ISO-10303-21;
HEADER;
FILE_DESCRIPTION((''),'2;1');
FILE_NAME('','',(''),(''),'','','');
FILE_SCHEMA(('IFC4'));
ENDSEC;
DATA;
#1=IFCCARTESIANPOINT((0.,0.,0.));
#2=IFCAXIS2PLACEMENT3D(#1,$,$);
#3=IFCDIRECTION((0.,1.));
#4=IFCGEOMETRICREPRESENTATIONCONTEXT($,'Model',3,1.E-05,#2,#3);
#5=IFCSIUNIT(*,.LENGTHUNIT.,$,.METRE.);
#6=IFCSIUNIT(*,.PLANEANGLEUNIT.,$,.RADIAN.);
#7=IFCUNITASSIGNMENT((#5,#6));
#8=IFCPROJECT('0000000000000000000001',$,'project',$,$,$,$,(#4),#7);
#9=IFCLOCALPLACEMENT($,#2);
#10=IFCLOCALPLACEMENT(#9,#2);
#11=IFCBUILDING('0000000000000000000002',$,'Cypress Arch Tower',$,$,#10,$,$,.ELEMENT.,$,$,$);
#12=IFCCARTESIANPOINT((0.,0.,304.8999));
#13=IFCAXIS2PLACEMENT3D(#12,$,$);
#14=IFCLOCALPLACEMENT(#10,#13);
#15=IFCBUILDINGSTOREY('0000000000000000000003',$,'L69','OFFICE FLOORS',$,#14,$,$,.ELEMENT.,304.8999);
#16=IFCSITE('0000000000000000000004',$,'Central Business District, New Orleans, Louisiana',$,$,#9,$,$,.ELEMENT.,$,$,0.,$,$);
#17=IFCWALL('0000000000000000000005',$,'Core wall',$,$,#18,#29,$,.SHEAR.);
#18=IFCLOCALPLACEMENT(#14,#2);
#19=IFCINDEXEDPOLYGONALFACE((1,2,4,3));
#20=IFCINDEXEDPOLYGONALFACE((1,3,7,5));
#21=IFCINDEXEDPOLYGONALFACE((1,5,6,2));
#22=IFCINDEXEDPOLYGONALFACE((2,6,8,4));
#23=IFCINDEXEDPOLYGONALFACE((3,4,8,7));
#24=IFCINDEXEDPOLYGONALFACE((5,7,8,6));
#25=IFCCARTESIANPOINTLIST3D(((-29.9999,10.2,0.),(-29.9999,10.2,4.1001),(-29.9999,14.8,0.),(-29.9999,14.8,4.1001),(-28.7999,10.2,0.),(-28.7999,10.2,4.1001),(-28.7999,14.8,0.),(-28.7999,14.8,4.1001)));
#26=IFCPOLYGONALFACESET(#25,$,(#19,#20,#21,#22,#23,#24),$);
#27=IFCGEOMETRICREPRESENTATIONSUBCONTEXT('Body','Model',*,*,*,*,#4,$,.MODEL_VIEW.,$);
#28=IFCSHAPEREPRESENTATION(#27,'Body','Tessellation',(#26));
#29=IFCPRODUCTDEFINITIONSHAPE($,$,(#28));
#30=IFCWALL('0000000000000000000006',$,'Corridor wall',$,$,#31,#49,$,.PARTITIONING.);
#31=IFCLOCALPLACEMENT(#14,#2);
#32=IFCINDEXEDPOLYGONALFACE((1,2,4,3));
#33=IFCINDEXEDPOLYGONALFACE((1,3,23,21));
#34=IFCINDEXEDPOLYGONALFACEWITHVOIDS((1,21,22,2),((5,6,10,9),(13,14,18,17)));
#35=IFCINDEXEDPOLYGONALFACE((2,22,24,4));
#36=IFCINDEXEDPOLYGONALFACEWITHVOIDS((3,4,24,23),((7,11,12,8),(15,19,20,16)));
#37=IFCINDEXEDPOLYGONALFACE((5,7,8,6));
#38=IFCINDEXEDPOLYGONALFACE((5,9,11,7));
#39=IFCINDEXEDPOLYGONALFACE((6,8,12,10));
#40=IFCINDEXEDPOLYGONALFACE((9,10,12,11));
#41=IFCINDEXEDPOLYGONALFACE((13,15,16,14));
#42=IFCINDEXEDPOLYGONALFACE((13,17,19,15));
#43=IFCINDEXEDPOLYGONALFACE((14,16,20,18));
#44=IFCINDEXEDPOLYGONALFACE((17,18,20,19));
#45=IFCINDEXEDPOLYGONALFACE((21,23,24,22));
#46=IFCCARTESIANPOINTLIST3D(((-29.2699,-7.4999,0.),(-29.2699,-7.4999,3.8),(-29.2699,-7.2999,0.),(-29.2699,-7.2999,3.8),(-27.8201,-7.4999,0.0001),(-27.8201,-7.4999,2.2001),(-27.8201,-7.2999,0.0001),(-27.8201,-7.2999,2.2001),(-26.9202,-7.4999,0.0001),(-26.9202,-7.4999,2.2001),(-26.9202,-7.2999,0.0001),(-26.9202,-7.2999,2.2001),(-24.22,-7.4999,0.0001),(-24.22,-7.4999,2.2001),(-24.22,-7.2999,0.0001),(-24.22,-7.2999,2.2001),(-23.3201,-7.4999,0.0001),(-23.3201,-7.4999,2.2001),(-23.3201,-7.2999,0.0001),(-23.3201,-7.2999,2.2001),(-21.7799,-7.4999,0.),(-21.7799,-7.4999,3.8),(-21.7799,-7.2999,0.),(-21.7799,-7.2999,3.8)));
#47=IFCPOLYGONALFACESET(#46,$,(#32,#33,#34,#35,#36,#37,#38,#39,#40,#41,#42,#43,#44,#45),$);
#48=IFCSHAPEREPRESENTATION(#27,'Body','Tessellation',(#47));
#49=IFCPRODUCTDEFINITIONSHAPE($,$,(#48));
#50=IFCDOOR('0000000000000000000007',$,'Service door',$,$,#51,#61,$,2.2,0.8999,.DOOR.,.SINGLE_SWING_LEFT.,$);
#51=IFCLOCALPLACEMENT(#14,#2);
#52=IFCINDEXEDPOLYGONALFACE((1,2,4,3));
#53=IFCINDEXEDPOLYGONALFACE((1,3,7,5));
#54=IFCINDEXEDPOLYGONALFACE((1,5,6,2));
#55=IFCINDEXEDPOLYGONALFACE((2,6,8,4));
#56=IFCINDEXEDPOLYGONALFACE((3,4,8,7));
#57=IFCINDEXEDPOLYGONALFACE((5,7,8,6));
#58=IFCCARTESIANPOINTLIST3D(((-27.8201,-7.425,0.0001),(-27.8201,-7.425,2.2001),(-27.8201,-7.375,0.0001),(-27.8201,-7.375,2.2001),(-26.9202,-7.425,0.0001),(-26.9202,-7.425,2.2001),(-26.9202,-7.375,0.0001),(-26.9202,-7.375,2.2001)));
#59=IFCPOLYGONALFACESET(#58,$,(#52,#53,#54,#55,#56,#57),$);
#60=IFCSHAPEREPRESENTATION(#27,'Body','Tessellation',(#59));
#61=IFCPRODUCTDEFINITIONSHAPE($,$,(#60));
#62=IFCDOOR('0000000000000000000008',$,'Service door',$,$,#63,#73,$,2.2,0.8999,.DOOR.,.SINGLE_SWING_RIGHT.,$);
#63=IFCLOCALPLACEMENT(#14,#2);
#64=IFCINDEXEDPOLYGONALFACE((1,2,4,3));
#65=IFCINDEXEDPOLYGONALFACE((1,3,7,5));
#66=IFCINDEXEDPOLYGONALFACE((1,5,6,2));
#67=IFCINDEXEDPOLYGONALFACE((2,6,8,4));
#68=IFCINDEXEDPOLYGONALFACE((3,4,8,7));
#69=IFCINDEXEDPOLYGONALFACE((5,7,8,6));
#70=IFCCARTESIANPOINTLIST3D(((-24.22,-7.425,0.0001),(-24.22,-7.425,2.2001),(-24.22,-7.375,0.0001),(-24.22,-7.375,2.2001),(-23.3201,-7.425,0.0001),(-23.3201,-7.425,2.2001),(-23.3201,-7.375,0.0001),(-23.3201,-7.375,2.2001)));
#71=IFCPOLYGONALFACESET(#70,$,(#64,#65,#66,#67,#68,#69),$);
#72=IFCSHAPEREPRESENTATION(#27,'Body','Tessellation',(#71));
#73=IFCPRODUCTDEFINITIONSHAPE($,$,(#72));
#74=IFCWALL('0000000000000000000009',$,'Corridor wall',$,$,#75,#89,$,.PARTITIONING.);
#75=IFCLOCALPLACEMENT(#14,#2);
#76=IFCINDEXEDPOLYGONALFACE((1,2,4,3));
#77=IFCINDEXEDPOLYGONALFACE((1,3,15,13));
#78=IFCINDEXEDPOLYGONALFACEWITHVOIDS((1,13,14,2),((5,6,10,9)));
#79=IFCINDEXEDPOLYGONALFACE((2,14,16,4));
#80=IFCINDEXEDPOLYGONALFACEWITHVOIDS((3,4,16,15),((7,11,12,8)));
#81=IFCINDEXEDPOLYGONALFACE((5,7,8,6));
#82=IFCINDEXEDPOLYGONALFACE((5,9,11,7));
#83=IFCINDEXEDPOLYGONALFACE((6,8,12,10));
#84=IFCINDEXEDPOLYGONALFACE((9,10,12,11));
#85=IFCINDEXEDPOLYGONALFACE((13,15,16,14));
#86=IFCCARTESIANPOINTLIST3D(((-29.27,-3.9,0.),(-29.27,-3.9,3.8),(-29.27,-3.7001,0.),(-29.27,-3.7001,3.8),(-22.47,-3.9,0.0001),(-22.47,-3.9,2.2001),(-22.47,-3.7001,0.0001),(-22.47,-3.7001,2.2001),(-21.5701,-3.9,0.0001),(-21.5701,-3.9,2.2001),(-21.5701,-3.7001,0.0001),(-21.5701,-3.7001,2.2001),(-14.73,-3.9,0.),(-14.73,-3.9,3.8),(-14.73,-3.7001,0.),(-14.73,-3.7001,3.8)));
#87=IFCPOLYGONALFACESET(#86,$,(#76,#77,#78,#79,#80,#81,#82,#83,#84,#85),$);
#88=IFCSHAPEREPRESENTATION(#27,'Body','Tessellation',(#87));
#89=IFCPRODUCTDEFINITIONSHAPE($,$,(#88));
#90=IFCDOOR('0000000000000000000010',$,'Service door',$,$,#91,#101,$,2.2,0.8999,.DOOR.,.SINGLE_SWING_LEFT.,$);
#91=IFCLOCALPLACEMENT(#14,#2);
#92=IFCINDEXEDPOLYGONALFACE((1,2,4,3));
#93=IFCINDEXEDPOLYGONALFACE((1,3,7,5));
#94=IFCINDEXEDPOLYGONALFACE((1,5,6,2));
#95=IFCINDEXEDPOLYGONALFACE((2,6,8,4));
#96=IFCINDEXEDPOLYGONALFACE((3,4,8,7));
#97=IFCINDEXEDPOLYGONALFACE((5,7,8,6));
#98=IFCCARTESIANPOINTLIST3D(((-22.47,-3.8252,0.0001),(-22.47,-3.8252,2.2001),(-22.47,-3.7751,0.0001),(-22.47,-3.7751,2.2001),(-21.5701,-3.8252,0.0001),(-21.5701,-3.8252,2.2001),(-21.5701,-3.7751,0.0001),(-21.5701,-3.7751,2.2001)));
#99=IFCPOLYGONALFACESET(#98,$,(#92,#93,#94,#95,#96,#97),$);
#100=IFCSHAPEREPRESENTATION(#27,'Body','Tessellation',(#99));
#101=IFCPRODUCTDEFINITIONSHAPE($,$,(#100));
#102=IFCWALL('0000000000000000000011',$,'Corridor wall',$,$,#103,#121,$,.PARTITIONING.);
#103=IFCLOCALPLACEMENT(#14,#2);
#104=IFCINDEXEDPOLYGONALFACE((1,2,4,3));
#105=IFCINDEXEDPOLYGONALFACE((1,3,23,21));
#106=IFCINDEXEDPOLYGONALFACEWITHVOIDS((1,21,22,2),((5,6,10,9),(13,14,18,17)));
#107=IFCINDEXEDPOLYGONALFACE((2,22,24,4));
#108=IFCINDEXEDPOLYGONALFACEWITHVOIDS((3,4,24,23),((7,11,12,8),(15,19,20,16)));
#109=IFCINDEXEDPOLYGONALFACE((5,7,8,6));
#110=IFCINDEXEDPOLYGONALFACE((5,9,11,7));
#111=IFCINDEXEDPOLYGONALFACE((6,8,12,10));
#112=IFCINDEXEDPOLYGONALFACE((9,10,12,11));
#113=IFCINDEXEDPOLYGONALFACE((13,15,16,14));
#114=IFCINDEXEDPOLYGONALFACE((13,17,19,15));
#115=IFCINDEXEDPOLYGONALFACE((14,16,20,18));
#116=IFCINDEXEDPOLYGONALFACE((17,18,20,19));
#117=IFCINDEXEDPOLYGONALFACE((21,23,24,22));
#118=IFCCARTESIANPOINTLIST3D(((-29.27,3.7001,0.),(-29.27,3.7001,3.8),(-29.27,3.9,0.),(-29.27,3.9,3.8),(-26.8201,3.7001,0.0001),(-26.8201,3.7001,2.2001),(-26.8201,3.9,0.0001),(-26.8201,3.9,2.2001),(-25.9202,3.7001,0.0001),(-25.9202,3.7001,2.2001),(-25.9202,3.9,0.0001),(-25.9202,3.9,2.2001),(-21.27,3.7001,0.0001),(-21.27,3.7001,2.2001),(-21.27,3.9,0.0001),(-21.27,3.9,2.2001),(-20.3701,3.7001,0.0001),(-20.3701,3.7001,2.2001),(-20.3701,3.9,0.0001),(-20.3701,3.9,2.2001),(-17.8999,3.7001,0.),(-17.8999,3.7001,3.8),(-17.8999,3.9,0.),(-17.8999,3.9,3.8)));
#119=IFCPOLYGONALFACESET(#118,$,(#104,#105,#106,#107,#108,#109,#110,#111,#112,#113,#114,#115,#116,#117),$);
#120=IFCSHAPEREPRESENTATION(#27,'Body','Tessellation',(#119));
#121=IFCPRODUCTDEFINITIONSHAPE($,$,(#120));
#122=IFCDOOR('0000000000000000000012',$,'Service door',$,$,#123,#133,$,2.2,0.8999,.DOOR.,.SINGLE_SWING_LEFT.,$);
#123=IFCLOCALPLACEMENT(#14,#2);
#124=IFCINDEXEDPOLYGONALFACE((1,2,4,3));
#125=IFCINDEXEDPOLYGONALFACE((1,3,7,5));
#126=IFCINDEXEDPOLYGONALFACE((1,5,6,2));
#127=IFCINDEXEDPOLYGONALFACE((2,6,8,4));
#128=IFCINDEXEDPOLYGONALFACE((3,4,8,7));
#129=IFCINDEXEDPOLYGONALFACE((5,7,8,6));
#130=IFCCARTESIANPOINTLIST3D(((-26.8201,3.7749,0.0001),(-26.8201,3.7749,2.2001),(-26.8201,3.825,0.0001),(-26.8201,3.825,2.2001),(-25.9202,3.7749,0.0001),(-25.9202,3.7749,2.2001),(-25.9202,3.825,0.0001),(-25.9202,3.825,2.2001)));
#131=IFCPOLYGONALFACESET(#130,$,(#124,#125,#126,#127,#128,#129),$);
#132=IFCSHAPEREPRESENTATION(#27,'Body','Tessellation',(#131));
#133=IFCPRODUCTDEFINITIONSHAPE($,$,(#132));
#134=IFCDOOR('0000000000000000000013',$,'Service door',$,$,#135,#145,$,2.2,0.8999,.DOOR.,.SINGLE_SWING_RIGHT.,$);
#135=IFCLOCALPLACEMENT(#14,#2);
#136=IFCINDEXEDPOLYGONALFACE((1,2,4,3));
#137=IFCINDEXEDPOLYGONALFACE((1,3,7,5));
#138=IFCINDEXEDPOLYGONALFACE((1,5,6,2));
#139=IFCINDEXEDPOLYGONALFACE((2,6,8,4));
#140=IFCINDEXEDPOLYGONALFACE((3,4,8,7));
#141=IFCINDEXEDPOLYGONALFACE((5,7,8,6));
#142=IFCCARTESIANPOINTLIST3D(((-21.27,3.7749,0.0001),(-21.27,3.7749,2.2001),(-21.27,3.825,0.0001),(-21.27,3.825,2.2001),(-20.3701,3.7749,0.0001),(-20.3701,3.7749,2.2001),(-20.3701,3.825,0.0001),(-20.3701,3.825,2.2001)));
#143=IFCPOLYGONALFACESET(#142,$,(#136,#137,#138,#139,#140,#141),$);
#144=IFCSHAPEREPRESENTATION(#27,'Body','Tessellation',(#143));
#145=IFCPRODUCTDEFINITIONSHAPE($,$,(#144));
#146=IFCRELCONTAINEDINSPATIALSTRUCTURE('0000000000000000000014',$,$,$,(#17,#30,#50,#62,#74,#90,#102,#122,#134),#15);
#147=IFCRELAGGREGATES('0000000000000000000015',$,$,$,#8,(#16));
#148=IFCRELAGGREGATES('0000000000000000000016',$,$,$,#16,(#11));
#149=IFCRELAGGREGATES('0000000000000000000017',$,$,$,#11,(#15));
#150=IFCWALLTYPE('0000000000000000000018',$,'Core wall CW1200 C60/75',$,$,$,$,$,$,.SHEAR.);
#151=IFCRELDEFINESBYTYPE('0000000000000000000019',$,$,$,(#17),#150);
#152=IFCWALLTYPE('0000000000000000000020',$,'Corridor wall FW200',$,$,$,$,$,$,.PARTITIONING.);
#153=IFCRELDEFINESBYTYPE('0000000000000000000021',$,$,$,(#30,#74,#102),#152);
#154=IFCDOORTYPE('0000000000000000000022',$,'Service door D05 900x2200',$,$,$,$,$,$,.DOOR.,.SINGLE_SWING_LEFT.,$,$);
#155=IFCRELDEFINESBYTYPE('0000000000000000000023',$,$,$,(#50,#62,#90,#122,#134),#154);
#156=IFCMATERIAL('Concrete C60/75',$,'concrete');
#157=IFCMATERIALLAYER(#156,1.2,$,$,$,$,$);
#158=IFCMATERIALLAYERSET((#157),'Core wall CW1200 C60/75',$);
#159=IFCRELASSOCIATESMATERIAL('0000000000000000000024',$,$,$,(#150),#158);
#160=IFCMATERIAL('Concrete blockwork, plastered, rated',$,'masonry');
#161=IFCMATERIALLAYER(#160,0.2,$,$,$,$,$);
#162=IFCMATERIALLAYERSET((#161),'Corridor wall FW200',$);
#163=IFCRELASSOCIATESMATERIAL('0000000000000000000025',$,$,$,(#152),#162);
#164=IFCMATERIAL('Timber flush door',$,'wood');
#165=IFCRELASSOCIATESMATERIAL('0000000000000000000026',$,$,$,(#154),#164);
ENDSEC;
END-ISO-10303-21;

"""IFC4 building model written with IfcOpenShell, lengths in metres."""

from ifc_helpers import new_model, si_unit, direction, frame, frame_2d, origin, place, context, subcontext, project, spatial, rectangle, extrude, material, layer, layer_set, type_object, element, fill, save


model = new_model("IFC4")

# Units and contexts
model_context = context("Model", 3, precision=1e-05, world=origin(), true_north=direction((0.0, 1.0)))
body_context = subcontext(model_context, "Body", "Model", "MODEL_VIEW")
ifc_project = project(units=[si_unit("LENGTHUNIT", "METRE"), si_unit("PLANEANGLEUNIT", "RADIAN")], contexts=[model_context])

# Site, building, storey
site_placement = place(None, origin())
site = spatial("IfcSite", under=ifc_project, at=site_placement, Name="Central Business District, New Orleans, Louisiana", CompositionType="ELEMENT", RefElevation=0.0)
building_placement = place(site_placement, origin())
building = spatial("IfcBuilding", under=site, at=building_placement, Name="Cypress Arch Tower", CompositionType="ELEMENT")
storey_placement = place(building_placement, frame((0.0, 0.0, 304.8999)))
storey = spatial("IfcBuildingStorey", under=building, at=storey_placement, Name="L69", Description="OFFICE FLOORS", CompositionType="ELEMENT", Elevation=304.8999)

# Wall
ifc_material_1 = material(Name="Concrete C60/75", Category="concrete")
ifc_layer_1 = layer(ifc_material_1, 1.2)
ifc_layer_set_1 = layer_set([ifc_layer_1], Name="Core wall CW1200 C60/75")
wall_type_1 = type_object("IfcWallType", Name="Core wall CW1200 C60/75", PredefinedType="SHEAR", material=ifc_layer_set_1)
wall_1_placement = place(storey_placement, frame((-29.3999, 10.2, 0.0), z_axis=(0.0, 0.0, 1.0), x_axis=(0.0, 1.0, 0.0)))
element("IfcWall", 1, at=wall_1_placement, inside=storey, type_object=wall_type_1, Name="Core wall", PredefinedType="SHEAR", context=body_context, shape_type="SweptSolid", body=[
    extrude(rectangle(XDim=4.6001, YDim=1.2, at=frame_2d((2.3, 0.0))), origin(), (0.0, 0.0, 1.0), 4.1001),
])

# Wall, openings, doors
ifc_material_2 = material(Name="Concrete blockwork, plastered, rated", Category="masonry")
ifc_layer_2 = layer(ifc_material_2, 0.2)
ifc_layer_set_2 = layer_set([ifc_layer_2], Name="Corridor wall FW200")
wall_type_2 = type_object("IfcWallType", Name="Corridor wall FW200", PredefinedType="PARTITIONING", material=ifc_layer_set_2)
wall_2_placement = place(storey_placement, frame((-29.27, -7.3999, 0.0), z_axis=(0.0, 0.0, 1.0), x_axis=(1.0, 0.0, 0.0)))
wall_2 = element("IfcWall", 2, at=wall_2_placement, inside=storey, type_object=wall_type_2, Name="Corridor wall", PredefinedType="PARTITIONING", context=body_context, shape_type="SweptSolid", body=[
    extrude(rectangle(XDim=7.49, YDim=0.2, at=frame_2d((3.7451, 0.0))), origin(), (0.0, 0.0, 1.0), 3.8),
])
opening_1_placement = place(wall_2_placement, frame((1.45, 0.0, 0.0)))
opening_1 = element("IfcOpeningElement", 3, at=opening_1_placement, cuts=wall_2, PredefinedType="OPENING", context=body_context, shape_type="SweptSolid", body=[
    extrude(rectangle(XDim=0.8999, YDim=2.2, at=frame_2d((0.45, 1.1001))), frame((0.0, 0.1099, 0.0), z_axis=(0.0, -1.0, 0.0), x_axis=(1.0, 0.0, 0.0)), (0.0, 0.0, 1.0), 0.22),
])
opening_2_placement = place(wall_2_placement, frame((5.05, 0.0, 0.0)))
opening_2 = element("IfcOpeningElement", 4, at=opening_2_placement, cuts=wall_2, PredefinedType="OPENING", context=body_context, shape_type="SweptSolid", body=[
    extrude(rectangle(XDim=0.8999, YDim=2.2, at=frame_2d((0.45, 1.1001))), frame((0.0, 0.1099, 0.0), z_axis=(0.0, -1.0, 0.0), x_axis=(1.0, 0.0, 0.0)), (0.0, 0.0, 1.0), 0.22),
])
ifc_material_3 = material(Name="Timber flush door", Category="wood")
door_type_1 = type_object("IfcDoorType", Name="Service door D05 900x2200", OperationType="SINGLE_SWING_LEFT", PredefinedType="DOOR", material=ifc_material_3)
door_1_placement = place(opening_1_placement, origin())
door_1 = element("IfcDoor", 5, at=door_1_placement, inside=storey, type_object=door_type_1, Name="Service door", OperationType="SINGLE_SWING_LEFT", OverallHeight=2.2, OverallWidth=0.8999, PredefinedType="DOOR", context=body_context, shape_type="SweptSolid", body=[
    extrude(rectangle(XDim=0.8999, YDim=2.2, at=frame_2d((0.45, 1.1001))), frame((0.0, 0.0249, 0.0), z_axis=(0.0, -1.0, 0.0), x_axis=(1.0, 0.0, 0.0)), (0.0, 0.0, 1.0), 0.05),
])
fill(opening_1, door_1)
door_2_placement = place(opening_2_placement, origin())
door_2 = element("IfcDoor", 6, at=door_2_placement, inside=storey, type_object=door_type_1, Name="Service door", OperationType="SINGLE_SWING_RIGHT", OverallHeight=2.2, OverallWidth=0.8999, PredefinedType="DOOR", context=body_context, shape_type="SweptSolid", body=[
    extrude(rectangle(XDim=0.8999, YDim=2.2, at=frame_2d((0.45, 1.1001))), frame((0.0, 0.0249, 0.0), z_axis=(0.0, -1.0, 0.0), x_axis=(1.0, 0.0, 0.0)), (0.0, 0.0, 1.0), 0.05),
])
fill(opening_2, door_2)

# Wall, opening, door
wall_3_placement = place(storey_placement, frame((-29.27, -3.8, 0.0), z_axis=(0.0, 0.0, 1.0), x_axis=(1.0, 0.0, 0.0)))
wall_3 = element("IfcWall", 7, at=wall_3_placement, inside=storey, type_object=wall_type_2, Name="Corridor wall", PredefinedType="PARTITIONING", context=body_context, shape_type="SweptSolid", body=[
    extrude(rectangle(XDim=14.54, YDim=0.2, at=frame_2d((7.27, 0.0))), origin(), (0.0, 0.0, 1.0), 3.8),
])
opening_3_placement = place(wall_3_placement, frame((6.8, 0.0, 0.0)))
opening_3 = element("IfcOpeningElement", 8, at=opening_3_placement, cuts=wall_3, PredefinedType="OPENING", context=body_context, shape_type="SweptSolid", body=[
    extrude(rectangle(XDim=0.8999, YDim=2.2, at=frame_2d((0.45, 1.1001))), frame((0.0, 0.1099, 0.0), z_axis=(0.0, -1.0, 0.0), x_axis=(1.0, 0.0, 0.0)), (0.0, 0.0, 1.0), 0.22),
])
door_3_placement = place(opening_3_placement, origin())
door_3 = element("IfcDoor", 9, at=door_3_placement, inside=storey, type_object=door_type_1, Name="Service door", OperationType="SINGLE_SWING_LEFT", OverallHeight=2.2, OverallWidth=0.8999, PredefinedType="DOOR", context=body_context, shape_type="SweptSolid", body=[
    extrude(rectangle(XDim=0.8999, YDim=2.2, at=frame_2d((0.45, 1.1001))), frame((0.0, 0.0249, 0.0), z_axis=(0.0, -1.0, 0.0), x_axis=(1.0, 0.0, 0.0)), (0.0, 0.0, 1.0), 0.05),
])
fill(opening_3, door_3)

# Wall, openings, doors
wall_4_placement = place(storey_placement, frame((-29.27, 3.8, 0.0), z_axis=(0.0, 0.0, 1.0), x_axis=(1.0, 0.0, 0.0)))
wall_4 = element("IfcWall", 10, at=wall_4_placement, inside=storey, type_object=wall_type_2, Name="Corridor wall", PredefinedType="PARTITIONING", context=body_context, shape_type="SweptSolid", body=[
    extrude(rectangle(XDim=11.3701, YDim=0.2, at=frame_2d((5.6851, 0.0))), origin(), (0.0, 0.0, 1.0), 3.8),
])
opening_4_placement = place(wall_4_placement, frame((2.45, 0.0, 0.0)))
opening_4 = element("IfcOpeningElement", 11, at=opening_4_placement, cuts=wall_4, PredefinedType="OPENING", context=body_context, shape_type="SweptSolid", body=[
    extrude(rectangle(XDim=0.8999, YDim=2.2, at=frame_2d((0.45, 1.1001))), frame((0.0, 0.1099, 0.0), z_axis=(0.0, -1.0, 0.0), x_axis=(1.0, 0.0, 0.0)), (0.0, 0.0, 1.0), 0.22),
])
opening_5_placement = place(wall_4_placement, frame((8.0, 0.0, 0.0)))
opening_5 = element("IfcOpeningElement", 12, at=opening_5_placement, cuts=wall_4, PredefinedType="OPENING", context=body_context, shape_type="SweptSolid", body=[
    extrude(rectangle(XDim=0.8999, YDim=2.2, at=frame_2d((0.45, 1.1001))), frame((0.0, 0.1099, 0.0), z_axis=(0.0, -1.0, 0.0), x_axis=(1.0, 0.0, 0.0)), (0.0, 0.0, 1.0), 0.22),
])
door_4_placement = place(opening_4_placement, origin())
door_4 = element("IfcDoor", 13, at=door_4_placement, inside=storey, type_object=door_type_1, Name="Service door", OperationType="SINGLE_SWING_LEFT", OverallHeight=2.2, OverallWidth=0.8999, PredefinedType="DOOR", context=body_context, shape_type="SweptSolid", body=[
    extrude(rectangle(XDim=0.8999, YDim=2.2, at=frame_2d((0.45, 1.1001))), frame((0.0, 0.0249, 0.0), z_axis=(0.0, -1.0, 0.0), x_axis=(1.0, 0.0, 0.0)), (0.0, 0.0, 1.0), 0.05),
])
fill(opening_4, door_4)
door_5_placement = place(opening_5_placement, origin())
door_5 = element("IfcDoor", 14, at=door_5_placement, inside=storey, type_object=door_type_1, Name="Service door", OperationType="SINGLE_SWING_RIGHT", OverallHeight=2.2, OverallWidth=0.8999, PredefinedType="DOOR", context=body_context, shape_type="SweptSolid", body=[
    extrude(rectangle(XDim=0.8999, YDim=2.2, at=frame_2d((0.45, 1.1001))), frame((0.0, 0.0249, 0.0), z_axis=(0.0, -1.0, 0.0), x_axis=(1.0, 0.0, 0.0)), (0.0, 0.0, 1.0), 0.05),
])
fill(opening_5, door_5)

save(model, "model.ifc")
